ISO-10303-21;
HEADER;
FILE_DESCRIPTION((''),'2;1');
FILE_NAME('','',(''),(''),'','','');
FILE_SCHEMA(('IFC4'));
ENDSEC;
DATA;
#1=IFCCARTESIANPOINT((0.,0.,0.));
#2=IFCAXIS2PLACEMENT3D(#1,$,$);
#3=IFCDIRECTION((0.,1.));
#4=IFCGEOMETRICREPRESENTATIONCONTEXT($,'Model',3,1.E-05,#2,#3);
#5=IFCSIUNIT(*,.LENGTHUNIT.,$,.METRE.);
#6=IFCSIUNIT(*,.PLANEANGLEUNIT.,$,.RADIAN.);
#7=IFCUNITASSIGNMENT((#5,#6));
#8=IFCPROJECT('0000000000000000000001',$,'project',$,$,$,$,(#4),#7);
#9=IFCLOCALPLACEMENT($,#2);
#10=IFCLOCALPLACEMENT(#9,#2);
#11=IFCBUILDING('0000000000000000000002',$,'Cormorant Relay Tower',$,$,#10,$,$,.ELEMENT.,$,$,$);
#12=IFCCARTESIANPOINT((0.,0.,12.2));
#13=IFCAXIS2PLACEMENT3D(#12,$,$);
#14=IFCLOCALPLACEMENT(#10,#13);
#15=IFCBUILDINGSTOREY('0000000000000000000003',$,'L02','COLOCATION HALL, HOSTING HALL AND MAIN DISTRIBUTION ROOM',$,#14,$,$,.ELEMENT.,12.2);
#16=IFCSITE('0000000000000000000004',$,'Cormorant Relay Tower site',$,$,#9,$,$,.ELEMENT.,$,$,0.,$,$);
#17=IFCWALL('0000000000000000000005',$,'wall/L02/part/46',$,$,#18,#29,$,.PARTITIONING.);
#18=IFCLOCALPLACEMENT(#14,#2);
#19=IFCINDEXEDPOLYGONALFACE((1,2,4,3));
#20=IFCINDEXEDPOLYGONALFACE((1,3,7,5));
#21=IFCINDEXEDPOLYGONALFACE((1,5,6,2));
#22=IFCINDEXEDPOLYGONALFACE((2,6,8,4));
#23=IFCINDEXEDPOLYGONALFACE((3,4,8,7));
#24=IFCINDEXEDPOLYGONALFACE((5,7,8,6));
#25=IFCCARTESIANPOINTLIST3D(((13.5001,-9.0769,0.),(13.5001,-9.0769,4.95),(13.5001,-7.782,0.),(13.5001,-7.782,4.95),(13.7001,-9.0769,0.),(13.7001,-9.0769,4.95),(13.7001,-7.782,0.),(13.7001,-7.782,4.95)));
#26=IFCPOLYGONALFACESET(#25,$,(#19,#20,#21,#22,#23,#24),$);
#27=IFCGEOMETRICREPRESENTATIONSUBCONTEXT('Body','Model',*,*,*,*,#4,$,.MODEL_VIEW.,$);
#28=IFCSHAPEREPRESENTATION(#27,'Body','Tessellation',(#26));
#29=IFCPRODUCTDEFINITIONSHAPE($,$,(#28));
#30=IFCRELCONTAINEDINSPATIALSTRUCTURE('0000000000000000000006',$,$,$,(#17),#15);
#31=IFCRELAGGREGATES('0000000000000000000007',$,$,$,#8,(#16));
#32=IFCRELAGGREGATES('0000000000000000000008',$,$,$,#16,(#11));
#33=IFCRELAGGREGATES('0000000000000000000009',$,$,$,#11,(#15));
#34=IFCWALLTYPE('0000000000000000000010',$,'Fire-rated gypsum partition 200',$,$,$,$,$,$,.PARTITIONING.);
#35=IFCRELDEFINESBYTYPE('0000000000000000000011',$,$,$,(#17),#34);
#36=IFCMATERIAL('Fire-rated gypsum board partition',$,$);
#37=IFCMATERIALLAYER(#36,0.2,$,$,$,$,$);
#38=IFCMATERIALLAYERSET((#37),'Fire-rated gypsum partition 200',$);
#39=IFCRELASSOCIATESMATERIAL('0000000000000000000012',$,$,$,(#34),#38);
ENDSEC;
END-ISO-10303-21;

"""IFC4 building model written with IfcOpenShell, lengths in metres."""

from ifc_helpers import new_model, si_unit, direction, frame, frame_2d, origin, place, context, subcontext, project, spatial, rectangle, extrude, material, layer, layer_set, type_object, element, save


model = new_model("IFC4")

# Units and contexts
model_context = context("Model", 3, precision=1e-05, world=origin(), true_north=direction((0.0, 1.0)))
body_context = subcontext(model_context, "Body", "Model", "MODEL_VIEW")
ifc_project = project(units=[si_unit("LENGTHUNIT", "METRE"), si_unit("PLANEANGLEUNIT", "RADIAN")], contexts=[model_context])

# Site, building, storey
site_placement = place(None, origin())
site = spatial("IfcSite", under=ifc_project, at=site_placement, Name="Cormorant Relay Tower site", CompositionType="ELEMENT", RefElevation=0.0)
building_placement = place(site_placement, origin())
building = spatial("IfcBuilding", under=site, at=building_placement, Name="Cormorant Relay Tower", CompositionType="ELEMENT")
storey_placement = place(building_placement, frame((0.0, 0.0, 12.2)))
storey = spatial("IfcBuildingStorey", under=building, at=storey_placement, Name="L02", Description="COLOCATION HALL, HOSTING HALL AND MAIN DISTRIBUTION ROOM", CompositionType="ELEMENT", Elevation=12.2)

# Wall
ifc_material_1 = material(Name="Fire-rated gypsum board partition")
ifc_layer_1 = layer(ifc_material_1, 0.2)
ifc_layer_set_1 = layer_set([ifc_layer_1], Name="Fire-rated gypsum partition 200")
wall_type_1 = type_object("IfcWallType", Name="Fire-rated gypsum partition 200", PredefinedType="PARTITIONING", material=ifc_layer_set_1)
wall_1_placement = place(storey_placement, frame((13.6001, -7.782, 0.0), z_axis=(0.0, 0.0, 1.0), x_axis=(0.0, -1.0, 0.0)))
element("IfcWall", 1, at=wall_1_placement, inside=storey, type_object=wall_type_1, Name="wall/L02/part/46", PredefinedType="PARTITIONING", context=body_context, shape_type="SweptSolid", body=[
    extrude(rectangle(XDim=1.2949, YDim=0.2, at=frame_2d((0.6475, 0.0))), origin(), (0.0, 0.0, 1.0), 4.95),
])

save(model, "model.ifc")
